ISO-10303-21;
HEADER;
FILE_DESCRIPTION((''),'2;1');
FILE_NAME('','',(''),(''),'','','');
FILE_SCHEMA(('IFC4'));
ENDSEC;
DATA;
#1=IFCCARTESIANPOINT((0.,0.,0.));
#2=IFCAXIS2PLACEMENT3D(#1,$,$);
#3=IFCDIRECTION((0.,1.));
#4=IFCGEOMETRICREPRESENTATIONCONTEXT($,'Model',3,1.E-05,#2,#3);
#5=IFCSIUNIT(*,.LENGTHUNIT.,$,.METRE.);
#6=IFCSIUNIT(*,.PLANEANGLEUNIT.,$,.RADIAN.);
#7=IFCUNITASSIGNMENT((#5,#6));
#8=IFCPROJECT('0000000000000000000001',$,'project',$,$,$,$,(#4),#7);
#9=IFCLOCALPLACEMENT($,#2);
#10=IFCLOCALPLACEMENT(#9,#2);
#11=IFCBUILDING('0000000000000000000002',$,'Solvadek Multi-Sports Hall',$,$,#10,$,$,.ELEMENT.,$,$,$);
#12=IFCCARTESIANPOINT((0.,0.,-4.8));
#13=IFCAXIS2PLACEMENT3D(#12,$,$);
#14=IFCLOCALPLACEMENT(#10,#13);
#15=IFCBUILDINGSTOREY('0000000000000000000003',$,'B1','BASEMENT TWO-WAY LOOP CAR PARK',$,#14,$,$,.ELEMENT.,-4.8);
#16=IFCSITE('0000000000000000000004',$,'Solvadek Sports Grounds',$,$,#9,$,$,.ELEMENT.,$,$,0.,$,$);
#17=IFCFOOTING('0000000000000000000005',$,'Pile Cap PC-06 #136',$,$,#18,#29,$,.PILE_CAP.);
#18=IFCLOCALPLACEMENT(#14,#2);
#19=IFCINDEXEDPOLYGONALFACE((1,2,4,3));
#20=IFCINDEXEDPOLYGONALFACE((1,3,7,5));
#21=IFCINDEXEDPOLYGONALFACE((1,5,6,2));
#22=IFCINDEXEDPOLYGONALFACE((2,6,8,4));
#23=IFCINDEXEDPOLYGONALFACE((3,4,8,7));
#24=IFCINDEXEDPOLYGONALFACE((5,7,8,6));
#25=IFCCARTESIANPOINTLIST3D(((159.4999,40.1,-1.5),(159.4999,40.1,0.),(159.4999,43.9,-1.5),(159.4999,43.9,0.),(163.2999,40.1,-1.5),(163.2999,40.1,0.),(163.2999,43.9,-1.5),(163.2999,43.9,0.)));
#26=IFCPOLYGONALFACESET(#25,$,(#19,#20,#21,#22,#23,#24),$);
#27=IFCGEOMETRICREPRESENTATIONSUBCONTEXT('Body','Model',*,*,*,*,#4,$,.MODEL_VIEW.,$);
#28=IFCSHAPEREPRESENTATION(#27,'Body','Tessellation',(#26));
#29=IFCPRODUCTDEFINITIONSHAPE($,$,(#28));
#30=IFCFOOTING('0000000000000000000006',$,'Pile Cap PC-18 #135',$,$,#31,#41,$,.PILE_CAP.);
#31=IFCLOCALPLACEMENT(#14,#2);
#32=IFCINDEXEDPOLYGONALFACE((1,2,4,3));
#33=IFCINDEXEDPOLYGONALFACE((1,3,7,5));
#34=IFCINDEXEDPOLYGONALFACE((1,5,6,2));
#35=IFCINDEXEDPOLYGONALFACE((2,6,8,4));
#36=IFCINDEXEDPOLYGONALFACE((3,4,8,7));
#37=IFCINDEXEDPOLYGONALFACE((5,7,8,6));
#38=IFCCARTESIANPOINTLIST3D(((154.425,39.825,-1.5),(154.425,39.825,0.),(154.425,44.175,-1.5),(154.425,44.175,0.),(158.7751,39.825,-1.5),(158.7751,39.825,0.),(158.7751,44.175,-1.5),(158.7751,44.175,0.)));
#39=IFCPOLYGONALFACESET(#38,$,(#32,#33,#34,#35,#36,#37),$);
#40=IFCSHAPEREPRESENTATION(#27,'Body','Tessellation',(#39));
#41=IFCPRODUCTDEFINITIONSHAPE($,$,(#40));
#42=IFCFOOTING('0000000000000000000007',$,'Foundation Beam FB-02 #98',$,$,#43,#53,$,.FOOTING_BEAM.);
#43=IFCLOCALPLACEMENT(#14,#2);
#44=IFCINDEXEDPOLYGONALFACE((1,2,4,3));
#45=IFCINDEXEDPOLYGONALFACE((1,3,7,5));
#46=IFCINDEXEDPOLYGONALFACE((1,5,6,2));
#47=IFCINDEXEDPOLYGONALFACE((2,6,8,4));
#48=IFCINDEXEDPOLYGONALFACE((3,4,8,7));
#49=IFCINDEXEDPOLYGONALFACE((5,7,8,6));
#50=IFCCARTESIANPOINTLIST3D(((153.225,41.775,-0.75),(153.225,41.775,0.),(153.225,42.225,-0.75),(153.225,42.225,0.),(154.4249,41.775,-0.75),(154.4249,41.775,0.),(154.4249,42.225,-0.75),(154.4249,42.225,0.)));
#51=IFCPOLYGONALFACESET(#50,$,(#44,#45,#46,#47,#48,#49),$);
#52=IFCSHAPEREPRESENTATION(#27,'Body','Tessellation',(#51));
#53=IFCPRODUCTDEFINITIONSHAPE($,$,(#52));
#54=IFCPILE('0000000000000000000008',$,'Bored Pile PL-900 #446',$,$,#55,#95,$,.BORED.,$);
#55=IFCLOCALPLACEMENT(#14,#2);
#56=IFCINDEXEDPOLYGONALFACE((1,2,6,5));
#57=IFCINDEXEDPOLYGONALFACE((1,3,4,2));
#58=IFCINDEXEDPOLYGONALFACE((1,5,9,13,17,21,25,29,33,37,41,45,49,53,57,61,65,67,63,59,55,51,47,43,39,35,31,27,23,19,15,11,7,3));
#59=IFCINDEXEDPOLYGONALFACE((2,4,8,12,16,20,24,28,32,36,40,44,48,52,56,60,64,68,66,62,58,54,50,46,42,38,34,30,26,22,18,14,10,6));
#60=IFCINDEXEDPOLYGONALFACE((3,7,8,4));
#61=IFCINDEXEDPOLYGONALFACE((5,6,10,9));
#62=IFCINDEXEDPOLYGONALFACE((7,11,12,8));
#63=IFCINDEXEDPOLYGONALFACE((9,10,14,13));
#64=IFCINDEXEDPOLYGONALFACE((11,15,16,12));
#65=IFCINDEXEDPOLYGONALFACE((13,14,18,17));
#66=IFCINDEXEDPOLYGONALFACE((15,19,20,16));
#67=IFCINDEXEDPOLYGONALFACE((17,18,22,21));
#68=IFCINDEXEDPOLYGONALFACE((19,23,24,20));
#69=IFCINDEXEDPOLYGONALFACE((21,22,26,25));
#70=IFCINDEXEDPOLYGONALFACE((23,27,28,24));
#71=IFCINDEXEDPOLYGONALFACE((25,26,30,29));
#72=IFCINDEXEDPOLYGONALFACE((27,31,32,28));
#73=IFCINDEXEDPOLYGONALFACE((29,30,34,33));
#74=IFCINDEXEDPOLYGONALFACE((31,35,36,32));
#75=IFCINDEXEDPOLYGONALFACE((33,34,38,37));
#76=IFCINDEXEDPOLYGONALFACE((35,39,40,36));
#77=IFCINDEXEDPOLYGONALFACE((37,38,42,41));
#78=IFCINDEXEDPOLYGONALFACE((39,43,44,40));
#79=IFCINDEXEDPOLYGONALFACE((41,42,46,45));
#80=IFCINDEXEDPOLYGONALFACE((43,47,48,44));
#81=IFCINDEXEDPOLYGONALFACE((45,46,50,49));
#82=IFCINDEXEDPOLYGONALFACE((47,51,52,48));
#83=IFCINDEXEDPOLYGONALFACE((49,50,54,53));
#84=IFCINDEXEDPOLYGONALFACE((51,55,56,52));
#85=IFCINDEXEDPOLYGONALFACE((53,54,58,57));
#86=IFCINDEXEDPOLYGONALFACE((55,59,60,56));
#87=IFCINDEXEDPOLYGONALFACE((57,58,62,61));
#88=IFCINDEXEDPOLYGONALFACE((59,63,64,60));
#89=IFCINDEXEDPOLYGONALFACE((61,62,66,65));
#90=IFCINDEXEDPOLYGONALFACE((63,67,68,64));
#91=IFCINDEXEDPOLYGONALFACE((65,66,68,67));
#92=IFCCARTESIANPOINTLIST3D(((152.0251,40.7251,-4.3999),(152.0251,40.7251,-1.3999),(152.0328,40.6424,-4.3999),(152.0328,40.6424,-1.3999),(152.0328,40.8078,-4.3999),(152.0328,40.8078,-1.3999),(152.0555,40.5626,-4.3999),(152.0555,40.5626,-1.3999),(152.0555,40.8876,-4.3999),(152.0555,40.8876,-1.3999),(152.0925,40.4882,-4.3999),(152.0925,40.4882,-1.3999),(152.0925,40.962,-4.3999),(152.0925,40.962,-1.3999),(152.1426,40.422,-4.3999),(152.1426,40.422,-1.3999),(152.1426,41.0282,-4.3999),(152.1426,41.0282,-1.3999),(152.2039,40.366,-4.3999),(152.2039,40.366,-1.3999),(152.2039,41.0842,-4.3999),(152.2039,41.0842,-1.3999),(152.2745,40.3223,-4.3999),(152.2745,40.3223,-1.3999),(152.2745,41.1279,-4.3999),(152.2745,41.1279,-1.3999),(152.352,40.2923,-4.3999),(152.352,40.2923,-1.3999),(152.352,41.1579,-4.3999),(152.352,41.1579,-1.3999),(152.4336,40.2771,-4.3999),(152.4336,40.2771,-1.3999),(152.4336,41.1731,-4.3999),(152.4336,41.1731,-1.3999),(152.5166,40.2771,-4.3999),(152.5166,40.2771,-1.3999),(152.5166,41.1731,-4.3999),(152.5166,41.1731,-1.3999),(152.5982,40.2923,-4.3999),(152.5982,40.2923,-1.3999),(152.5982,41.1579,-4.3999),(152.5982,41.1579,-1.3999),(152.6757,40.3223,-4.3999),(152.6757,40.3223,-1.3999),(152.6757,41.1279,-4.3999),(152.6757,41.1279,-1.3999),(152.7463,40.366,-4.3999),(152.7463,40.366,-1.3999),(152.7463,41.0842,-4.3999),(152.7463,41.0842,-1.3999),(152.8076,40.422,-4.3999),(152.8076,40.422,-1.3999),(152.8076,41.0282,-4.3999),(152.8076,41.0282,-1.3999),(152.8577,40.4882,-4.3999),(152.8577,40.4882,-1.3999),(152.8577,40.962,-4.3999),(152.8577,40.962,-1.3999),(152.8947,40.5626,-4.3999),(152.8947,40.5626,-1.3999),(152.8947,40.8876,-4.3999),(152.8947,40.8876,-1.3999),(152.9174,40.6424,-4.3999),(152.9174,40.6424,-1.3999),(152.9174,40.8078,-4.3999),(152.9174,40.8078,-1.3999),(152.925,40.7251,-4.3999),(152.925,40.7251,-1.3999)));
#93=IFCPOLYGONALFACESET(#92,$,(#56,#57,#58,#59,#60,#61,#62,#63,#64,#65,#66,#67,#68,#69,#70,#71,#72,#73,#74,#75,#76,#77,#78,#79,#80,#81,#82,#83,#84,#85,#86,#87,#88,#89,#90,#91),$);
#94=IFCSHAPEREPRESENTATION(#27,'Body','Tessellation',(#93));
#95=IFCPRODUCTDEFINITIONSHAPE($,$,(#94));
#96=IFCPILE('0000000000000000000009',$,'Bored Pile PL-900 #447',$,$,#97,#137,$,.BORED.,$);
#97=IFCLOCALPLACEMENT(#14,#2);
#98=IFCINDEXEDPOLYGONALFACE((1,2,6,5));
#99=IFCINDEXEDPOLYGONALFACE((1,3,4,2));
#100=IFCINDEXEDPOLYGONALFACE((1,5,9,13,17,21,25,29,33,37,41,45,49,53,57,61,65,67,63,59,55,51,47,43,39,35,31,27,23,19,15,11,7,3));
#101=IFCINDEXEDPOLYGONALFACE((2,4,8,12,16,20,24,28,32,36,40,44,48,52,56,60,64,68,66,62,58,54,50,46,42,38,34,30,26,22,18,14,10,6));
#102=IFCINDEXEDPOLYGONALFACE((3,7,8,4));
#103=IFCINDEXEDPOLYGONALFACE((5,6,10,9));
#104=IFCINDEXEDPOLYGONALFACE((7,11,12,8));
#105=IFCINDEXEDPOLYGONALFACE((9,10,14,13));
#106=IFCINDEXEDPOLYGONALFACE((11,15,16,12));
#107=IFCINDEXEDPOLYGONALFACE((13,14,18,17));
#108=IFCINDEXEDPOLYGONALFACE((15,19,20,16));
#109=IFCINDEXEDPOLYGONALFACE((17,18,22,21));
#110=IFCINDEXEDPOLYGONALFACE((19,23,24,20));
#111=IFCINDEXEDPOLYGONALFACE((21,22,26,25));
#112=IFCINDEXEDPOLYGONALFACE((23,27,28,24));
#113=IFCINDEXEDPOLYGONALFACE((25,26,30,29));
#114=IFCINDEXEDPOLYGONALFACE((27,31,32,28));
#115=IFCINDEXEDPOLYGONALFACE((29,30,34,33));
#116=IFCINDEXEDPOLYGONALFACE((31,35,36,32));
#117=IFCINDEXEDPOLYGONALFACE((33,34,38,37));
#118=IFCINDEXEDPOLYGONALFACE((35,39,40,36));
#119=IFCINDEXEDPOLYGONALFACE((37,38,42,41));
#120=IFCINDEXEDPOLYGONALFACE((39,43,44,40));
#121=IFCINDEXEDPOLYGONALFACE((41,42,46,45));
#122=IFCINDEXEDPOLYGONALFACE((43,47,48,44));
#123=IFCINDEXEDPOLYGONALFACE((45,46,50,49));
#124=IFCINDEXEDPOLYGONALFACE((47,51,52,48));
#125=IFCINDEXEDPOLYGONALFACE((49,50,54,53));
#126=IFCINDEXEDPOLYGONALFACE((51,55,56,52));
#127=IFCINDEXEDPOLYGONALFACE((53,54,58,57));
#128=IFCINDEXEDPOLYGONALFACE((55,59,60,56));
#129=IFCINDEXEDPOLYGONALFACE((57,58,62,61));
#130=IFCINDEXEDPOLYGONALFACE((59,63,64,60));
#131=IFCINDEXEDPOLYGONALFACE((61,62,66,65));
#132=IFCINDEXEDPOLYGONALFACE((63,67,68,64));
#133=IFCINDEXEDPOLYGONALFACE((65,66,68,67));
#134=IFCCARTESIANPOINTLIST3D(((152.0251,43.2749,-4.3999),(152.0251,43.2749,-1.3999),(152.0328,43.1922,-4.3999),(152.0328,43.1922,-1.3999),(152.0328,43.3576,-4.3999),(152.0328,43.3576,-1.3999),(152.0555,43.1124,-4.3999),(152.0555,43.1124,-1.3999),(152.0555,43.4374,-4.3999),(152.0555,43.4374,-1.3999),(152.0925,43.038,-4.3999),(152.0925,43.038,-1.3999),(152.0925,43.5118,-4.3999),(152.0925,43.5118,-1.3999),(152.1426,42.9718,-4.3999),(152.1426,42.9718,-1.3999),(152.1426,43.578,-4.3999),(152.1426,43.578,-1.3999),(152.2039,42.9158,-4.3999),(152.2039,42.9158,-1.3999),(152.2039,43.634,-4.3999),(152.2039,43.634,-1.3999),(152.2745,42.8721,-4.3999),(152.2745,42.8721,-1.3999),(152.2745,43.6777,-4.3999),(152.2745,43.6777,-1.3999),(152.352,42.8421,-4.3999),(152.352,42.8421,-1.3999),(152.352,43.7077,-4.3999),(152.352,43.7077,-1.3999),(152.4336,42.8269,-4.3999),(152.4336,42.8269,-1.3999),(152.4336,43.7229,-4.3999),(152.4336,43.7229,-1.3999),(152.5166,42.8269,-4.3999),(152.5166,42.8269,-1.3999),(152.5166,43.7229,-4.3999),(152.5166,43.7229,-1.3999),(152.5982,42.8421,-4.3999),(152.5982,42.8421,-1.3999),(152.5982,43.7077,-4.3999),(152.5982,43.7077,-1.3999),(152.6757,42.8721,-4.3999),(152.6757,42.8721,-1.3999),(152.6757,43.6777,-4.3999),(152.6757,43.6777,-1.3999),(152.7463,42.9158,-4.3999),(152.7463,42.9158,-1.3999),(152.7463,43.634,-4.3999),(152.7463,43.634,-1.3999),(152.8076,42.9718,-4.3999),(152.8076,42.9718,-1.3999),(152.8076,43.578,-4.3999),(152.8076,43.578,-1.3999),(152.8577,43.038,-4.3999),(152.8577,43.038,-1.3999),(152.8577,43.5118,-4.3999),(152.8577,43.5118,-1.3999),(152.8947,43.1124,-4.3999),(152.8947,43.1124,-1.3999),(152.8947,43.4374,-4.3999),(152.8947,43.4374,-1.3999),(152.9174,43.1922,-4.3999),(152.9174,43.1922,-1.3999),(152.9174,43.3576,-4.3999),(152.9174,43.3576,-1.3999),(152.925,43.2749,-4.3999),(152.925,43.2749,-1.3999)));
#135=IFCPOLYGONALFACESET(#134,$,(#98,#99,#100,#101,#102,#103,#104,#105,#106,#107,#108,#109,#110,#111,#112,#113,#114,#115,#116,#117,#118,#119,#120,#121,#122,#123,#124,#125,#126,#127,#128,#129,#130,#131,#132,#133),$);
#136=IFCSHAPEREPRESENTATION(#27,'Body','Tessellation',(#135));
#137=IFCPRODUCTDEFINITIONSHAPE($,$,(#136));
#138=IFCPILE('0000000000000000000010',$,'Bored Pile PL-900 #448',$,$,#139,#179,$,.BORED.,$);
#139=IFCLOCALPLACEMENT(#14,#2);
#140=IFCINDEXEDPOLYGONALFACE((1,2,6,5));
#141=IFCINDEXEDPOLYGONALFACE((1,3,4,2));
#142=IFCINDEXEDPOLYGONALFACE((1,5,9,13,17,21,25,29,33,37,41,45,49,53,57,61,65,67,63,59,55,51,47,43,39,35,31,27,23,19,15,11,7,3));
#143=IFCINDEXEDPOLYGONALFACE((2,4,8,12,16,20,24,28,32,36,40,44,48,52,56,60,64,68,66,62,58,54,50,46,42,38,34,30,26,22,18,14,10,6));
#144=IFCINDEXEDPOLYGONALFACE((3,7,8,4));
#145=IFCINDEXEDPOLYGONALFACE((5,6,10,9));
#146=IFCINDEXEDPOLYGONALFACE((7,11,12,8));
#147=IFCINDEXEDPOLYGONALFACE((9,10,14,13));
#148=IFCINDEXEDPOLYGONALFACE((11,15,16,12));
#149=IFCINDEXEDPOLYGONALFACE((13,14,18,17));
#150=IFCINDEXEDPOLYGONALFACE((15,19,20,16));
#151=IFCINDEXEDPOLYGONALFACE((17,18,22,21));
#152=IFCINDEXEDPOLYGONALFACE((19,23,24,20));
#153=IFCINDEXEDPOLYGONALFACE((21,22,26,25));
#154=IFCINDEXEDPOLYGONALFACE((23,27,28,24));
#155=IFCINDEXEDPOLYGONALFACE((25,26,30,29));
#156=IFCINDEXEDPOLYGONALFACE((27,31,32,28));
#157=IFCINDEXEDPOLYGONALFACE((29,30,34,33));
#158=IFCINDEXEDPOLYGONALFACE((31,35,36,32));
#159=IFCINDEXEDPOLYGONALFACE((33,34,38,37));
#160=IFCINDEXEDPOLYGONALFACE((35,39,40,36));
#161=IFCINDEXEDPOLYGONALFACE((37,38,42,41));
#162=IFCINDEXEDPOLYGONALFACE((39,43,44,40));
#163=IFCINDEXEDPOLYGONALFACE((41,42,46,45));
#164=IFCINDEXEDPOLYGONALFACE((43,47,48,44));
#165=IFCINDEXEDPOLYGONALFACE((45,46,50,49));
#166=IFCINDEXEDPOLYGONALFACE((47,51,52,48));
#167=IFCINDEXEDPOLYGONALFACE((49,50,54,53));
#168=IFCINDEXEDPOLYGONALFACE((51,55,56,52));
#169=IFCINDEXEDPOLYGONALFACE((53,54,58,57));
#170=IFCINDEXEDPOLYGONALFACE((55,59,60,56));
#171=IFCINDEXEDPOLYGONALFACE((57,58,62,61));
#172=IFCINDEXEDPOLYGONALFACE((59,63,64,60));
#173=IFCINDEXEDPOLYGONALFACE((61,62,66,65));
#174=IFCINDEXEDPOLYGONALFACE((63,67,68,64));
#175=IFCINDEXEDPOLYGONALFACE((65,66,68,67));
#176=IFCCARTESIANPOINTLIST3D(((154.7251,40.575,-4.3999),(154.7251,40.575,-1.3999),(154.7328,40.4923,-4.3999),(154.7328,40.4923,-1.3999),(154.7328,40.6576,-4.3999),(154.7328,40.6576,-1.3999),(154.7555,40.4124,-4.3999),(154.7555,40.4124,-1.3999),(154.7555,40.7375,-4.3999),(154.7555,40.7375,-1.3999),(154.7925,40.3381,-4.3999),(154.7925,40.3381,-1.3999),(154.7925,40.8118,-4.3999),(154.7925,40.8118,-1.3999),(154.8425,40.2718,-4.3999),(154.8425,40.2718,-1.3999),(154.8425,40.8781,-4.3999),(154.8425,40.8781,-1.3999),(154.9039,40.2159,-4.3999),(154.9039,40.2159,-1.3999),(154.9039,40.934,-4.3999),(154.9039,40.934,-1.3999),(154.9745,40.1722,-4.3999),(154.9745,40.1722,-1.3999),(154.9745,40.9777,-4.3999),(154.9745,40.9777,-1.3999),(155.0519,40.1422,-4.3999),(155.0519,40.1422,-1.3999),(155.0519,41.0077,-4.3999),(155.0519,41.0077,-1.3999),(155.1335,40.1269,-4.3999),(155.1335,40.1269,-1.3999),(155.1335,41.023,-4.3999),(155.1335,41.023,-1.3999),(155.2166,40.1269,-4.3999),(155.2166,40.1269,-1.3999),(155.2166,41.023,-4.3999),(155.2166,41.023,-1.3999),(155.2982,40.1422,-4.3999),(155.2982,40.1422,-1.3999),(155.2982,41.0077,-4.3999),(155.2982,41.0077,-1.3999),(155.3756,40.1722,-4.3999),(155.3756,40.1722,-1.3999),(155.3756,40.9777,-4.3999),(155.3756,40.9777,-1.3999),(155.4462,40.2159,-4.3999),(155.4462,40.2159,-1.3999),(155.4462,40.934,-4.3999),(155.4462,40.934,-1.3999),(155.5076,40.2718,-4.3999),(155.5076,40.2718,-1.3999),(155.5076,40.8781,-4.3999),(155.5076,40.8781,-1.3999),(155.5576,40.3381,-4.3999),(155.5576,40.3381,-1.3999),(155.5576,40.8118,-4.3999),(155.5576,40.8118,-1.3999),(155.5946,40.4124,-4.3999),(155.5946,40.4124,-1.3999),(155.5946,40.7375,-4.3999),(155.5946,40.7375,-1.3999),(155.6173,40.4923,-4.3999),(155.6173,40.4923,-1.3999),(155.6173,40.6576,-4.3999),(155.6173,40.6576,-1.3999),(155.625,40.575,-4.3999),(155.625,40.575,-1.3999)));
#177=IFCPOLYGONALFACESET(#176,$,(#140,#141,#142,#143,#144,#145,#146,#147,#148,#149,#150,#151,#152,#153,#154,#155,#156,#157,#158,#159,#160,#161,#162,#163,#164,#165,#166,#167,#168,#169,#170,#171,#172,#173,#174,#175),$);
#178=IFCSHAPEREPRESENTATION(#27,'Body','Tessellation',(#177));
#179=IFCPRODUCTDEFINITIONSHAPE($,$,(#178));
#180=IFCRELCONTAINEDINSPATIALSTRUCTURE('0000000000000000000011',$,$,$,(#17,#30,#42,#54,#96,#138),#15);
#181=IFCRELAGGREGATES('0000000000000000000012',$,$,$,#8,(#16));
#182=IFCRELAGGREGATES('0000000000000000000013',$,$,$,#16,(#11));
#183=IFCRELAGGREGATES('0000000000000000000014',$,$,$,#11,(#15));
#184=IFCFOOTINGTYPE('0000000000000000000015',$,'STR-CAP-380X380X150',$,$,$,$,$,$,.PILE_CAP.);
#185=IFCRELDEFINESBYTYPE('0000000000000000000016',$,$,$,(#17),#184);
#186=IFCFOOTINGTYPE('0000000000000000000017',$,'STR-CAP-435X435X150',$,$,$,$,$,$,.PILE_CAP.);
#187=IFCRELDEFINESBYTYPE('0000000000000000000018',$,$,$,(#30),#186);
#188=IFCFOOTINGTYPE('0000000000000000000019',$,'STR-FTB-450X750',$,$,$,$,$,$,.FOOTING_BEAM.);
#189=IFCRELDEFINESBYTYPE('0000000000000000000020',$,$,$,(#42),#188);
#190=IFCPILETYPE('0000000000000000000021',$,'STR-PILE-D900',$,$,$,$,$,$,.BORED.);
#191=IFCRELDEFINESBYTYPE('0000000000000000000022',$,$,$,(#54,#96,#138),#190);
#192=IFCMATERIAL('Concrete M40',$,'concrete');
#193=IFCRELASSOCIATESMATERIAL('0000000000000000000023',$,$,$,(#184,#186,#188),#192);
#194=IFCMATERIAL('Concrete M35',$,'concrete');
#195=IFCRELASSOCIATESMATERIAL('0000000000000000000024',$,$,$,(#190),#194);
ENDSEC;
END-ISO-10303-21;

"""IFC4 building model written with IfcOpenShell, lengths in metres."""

from ifc_helpers import new_model, si_unit, direction, frame, origin, origin_2d, place, context, subcontext, project, spatial, rectangle, circle, extrude, material, material_profile, profile_set, type_object, element, save


model = new_model("IFC4")

# Units and contexts
model_context = context("Model", 3, precision=1e-05, world=origin(), true_north=direction((0.0, 1.0)))
body_context = subcontext(model_context, "Body", "Model", "MODEL_VIEW")
ifc_project = project(units=[si_unit("LENGTHUNIT", "METRE"), si_unit("PLANEANGLEUNIT", "RADIAN")], contexts=[model_context])

# Site, building, storey
site_placement = place(None, origin())
site = spatial("IfcSite", under=ifc_project, at=site_placement, Name="Solvadek Sports Grounds", CompositionType="ELEMENT", RefElevation=0.0)
building_placement = place(site_placement, origin())
building = spatial("IfcBuilding", under=site, at=building_placement, Name="Solvadek Multi-Sports Hall", CompositionType="ELEMENT")
storey_placement = place(building_placement, frame((0.0, 0.0, -4.8)))
storey = spatial("IfcBuildingStorey", under=building, at=storey_placement, Name="B1", Description="BASEMENT TWO-WAY LOOP CAR PARK", CompositionType="ELEMENT", Elevation=-4.8)

# Footings
ifc_material_1 = material(Name="Concrete M40", Category="concrete")
footing_type_1 = type_object("IfcFootingType", Name="STR-CAP-380X380X150", PredefinedType="PILE_CAP", material=ifc_material_1)
footing_1_placement = place(storey_placement, frame((161.3999, 42.0, -1.5), z_axis=(0.0, 0.0, 1.0), x_axis=(1.0, 0.0, 0.0)))
element("IfcFooting", 1, at=footing_1_placement, inside=storey, type_object=footing_type_1, Name="Pile Cap PC-06 #136", PredefinedType="PILE_CAP", context=body_context, shape_type="SweptSolid", body=[
    extrude(rectangle(XDim=3.8, YDim=3.8, at=origin_2d()), origin(), (0.0, 0.0, 1.0), 1.5),
])
footing_type_2 = type_object("IfcFootingType", Name="STR-CAP-435X435X150", PredefinedType="PILE_CAP", material=ifc_material_1)
footing_2_placement = place(storey_placement, frame((156.6001, 42.0, -1.5), z_axis=(0.0, 0.0, 1.0), x_axis=(1.0, 0.0, 0.0)))
element("IfcFooting", 2, at=footing_2_placement, inside=storey, type_object=footing_type_2, Name="Pile Cap PC-18 #135", PredefinedType="PILE_CAP", context=body_context, shape_type="SweptSolid", body=[
    extrude(rectangle(XDim=4.3501, YDim=4.3501, at=origin_2d()), origin(), (0.0, 0.0, 1.0), 1.5),
])
footing_type_3 = type_object("IfcFootingType", Name="STR-FTB-450X750", PredefinedType="FOOTING_BEAM", material=ifc_material_1)
footing_3_placement = place(storey_placement, frame((153.825, 42.0, -0.75), z_axis=(0.0, 0.0, 1.0), x_axis=(1.0, 0.0, 0.0)))
element("IfcFooting", 3, at=footing_3_placement, inside=storey, type_object=footing_type_3, Name="Foundation Beam FB-02 #98", PredefinedType="FOOTING_BEAM", context=body_context, shape_type="SweptSolid", body=[
    extrude(rectangle(XDim=1.2, YDim=0.45, at=origin_2d()), origin(), (0.0, 0.0, 1.0), 0.75),
])

# Piles
ifc_material_2 = material(Name="Concrete M35", Category="concrete")
ifc_material_profile_1 = material_profile(ifc_material_2, circle(Radius=0.45, at=origin_2d()), Name="BORED PILE D900")
ifc_profile_set_1 = profile_set([ifc_material_profile_1], Name="Concrete M35")
pile_type = type_object("IfcPileType", Name="STR-PILE-D900", PredefinedType="BORED", material=ifc_profile_set_1)
for number, where, z_axis, x_axis, name in (
    (4, (152.4751, 40.7251, -1.3999), (0.0, 0.0, -1.0), (1.0, 0.0, 0.0), "Bored Pile PL-900 #446"),
    (5, (152.4751, 43.2749, -1.3999), (0.0, 0.0, -1.0), (1.0, 0.0, 0.0), "Bored Pile PL-900 #447"),
    (6, (155.175, 40.575, -1.3999), (0.0, 0.0, -1.0), (1.0, 0.0, 0.0), "Bored Pile PL-900 #448"),
):
    element("IfcPile", number, at=place(storey_placement, frame(where, z_axis=z_axis, x_axis=x_axis)), inside=storey, type_object=pile_type, Name=name, PredefinedType="BORED", context=body_context, shape_type="SweptSolid", body=[
        extrude(circle(Radius=0.45, at=origin_2d()), origin(), (0.0, 0.0, 1.0), 3.0),
    ])

save(model, "model.ifc")
